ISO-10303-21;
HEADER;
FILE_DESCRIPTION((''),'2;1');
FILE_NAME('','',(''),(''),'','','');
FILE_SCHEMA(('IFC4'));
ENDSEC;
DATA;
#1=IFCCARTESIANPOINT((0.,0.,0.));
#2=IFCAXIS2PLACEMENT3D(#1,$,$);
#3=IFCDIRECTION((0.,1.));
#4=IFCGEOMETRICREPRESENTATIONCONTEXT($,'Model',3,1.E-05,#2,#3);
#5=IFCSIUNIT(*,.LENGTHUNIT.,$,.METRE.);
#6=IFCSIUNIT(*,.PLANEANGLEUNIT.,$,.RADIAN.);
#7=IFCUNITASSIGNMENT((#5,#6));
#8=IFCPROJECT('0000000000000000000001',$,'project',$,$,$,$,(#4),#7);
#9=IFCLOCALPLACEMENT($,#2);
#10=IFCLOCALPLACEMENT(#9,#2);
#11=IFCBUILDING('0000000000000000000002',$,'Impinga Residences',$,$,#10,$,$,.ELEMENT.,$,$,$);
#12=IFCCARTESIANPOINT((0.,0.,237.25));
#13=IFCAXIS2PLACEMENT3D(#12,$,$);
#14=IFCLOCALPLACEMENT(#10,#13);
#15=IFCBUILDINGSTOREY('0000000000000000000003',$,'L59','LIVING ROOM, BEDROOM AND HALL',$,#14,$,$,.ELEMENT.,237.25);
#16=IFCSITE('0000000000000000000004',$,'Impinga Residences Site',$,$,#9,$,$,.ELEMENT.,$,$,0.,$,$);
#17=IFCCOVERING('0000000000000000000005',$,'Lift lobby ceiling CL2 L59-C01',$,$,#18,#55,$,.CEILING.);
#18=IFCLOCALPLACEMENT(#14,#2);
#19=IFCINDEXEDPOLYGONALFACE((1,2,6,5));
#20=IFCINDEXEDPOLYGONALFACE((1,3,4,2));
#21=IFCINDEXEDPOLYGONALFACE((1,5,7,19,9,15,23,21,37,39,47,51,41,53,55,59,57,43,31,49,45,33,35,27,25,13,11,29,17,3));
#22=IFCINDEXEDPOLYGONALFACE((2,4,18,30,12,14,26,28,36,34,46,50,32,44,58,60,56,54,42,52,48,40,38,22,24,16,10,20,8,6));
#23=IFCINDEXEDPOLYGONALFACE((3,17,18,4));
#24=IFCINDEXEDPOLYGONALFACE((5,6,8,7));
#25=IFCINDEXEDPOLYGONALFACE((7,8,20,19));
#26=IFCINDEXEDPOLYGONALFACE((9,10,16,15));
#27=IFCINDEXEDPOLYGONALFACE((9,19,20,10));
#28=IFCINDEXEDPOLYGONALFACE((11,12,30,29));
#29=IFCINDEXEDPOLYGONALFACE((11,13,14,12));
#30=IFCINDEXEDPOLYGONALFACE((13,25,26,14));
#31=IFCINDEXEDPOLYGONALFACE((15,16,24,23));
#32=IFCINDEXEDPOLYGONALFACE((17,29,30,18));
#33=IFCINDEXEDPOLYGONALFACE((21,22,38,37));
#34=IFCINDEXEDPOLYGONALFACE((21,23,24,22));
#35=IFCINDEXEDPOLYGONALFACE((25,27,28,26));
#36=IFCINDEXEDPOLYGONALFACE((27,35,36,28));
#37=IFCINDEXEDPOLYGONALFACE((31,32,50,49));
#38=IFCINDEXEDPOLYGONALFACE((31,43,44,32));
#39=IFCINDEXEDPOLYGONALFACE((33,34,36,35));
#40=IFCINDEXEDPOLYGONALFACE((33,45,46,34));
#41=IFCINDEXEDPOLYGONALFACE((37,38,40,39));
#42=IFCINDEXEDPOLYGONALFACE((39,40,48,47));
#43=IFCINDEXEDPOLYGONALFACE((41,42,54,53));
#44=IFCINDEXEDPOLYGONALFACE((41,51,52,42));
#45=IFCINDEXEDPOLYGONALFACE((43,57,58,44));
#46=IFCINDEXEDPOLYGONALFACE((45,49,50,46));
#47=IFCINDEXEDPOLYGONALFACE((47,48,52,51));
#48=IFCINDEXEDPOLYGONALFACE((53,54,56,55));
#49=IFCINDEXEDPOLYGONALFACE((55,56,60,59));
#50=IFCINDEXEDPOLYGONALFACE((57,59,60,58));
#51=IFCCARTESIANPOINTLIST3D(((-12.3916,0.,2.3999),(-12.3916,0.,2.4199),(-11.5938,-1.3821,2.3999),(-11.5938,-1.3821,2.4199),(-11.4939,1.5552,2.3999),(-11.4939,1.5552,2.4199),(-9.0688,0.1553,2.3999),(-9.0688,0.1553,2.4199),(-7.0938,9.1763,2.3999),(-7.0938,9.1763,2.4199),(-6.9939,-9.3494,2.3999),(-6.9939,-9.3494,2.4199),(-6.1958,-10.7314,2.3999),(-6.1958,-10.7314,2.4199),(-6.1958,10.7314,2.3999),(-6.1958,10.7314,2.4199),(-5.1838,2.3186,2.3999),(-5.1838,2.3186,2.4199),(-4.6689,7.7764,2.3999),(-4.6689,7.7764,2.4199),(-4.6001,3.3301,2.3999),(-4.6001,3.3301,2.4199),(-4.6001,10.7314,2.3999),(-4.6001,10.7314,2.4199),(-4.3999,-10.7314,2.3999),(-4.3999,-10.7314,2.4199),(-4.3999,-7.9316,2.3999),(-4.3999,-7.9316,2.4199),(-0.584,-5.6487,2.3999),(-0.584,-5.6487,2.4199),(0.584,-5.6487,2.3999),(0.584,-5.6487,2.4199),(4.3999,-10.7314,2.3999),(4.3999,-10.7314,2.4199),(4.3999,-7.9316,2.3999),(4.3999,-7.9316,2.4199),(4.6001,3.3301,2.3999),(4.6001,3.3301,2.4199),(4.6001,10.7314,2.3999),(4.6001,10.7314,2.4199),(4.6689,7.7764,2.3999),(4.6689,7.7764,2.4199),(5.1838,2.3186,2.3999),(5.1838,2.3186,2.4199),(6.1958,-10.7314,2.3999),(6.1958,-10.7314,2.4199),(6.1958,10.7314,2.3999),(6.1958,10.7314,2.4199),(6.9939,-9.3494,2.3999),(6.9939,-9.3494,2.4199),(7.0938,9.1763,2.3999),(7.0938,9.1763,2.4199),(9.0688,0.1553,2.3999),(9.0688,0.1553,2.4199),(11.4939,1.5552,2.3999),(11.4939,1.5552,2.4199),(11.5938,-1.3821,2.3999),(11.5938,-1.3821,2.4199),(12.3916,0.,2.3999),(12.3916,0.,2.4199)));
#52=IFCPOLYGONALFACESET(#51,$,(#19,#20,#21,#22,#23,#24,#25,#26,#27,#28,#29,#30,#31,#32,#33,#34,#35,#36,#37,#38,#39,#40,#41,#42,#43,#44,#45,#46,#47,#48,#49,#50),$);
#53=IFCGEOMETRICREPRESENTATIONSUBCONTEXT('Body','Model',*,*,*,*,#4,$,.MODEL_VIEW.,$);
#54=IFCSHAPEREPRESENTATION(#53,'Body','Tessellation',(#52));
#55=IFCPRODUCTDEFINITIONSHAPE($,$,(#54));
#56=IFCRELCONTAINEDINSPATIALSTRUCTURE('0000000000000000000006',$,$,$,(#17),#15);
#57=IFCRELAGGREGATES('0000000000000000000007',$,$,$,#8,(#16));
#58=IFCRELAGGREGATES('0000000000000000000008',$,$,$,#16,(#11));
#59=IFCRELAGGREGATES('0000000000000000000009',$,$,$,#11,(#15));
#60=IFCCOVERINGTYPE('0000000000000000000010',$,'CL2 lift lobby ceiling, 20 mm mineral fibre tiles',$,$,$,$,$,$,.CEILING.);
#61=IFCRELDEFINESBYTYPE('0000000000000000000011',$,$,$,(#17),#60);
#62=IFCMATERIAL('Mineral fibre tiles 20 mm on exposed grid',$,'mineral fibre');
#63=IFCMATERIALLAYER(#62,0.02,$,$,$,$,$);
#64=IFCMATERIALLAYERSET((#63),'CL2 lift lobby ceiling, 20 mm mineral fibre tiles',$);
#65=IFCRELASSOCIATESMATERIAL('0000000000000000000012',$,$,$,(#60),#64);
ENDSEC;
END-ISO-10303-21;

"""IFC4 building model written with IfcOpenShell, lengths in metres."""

from ifc_helpers import new_model, si_unit, direction, frame, origin, place, context, subcontext, project, spatial, polyline, outline, extrude, material, layer, layer_set, type_object, element, save


model = new_model("IFC4")

# Units and contexts
model_context = context("Model", 3, precision=1e-05, world=origin(), true_north=direction((0.0, 1.0)))
body_context = subcontext(model_context, "Body", "Model", "MODEL_VIEW")
ifc_project = project(units=[si_unit("LENGTHUNIT", "METRE"), si_unit("PLANEANGLEUNIT", "RADIAN")], contexts=[model_context])

# Site, building, storey
site_placement = place(None, origin())
site = spatial("IfcSite", under=ifc_project, at=site_placement, Name="Impinga Residences Site", CompositionType="ELEMENT", RefElevation=0.0)
building_placement = place(site_placement, origin())
building = spatial("IfcBuilding", under=site, at=building_placement, Name="Impinga Residences", CompositionType="ELEMENT")
storey_placement = place(building_placement, frame((0.0, 0.0, 237.25)))
storey = spatial("IfcBuildingStorey", under=building, at=storey_placement, Name="L59", Description="LIVING ROOM, BEDROOM AND HALL", CompositionType="ELEMENT", Elevation=237.25)

# Covering
ifc_material_1 = material(Name="Mineral fibre tiles 20 mm on exposed grid", Category="mineral fibre")
ifc_layer_1 = layer(ifc_material_1, 0.02)
ifc_layer_set_1 = layer_set([ifc_layer_1], Name="CL2 lift lobby ceiling, 20 mm mineral fibre tiles")
covering_type_1 = type_object("IfcCoveringType", Name="CL2 lift lobby ceiling, 20 mm mineral fibre tiles", PredefinedType="CEILING", material=ifc_layer_set_1)
covering_1_placement = place(storey_placement, frame((0.0, 0.0, 2.3999)))
element("IfcCovering", 1, at=covering_1_placement, inside=storey, type_object=covering_type_1, Name="Lift lobby ceiling CL2 L59-C01", PredefinedType="CEILING", context=body_context, shape_type="SweptSolid", body=[
    extrude(outline(polyline([(12.3916, 0.0), (11.5938, -1.3821), (5.1838, 2.3186), (0.584, -5.6487), (6.9939, -9.3494), (6.1958, -10.7314), (4.3999, -10.7314), (4.3999, -7.9316), (-4.3999, -7.9316), (-4.3999, -10.7314), (-6.1958, -10.7314), (-6.9939, -9.3494), (-0.584, -5.6487), (-5.1838, 2.3186), (-11.5938, -1.3821), (-12.3916, 0.0), (-11.4939, 1.5552), (-9.0688, 0.1553), (-4.6689, 7.7764), (-7.0938, 9.1763), (-6.1958, 10.7314), (-4.6001, 10.7314), (-4.6001, 3.3301), (4.6001, 3.3301), (4.6001, 10.7314), (6.1958, 10.7314), (7.0938, 9.1763), (4.6689, 7.7764), (9.0688, 0.1553), (11.4939, 1.5552), (12.3916, 0.0)])), origin(), (0.0, 0.0, 1.0), 0.02),
])

save(model, "model.ifc")
